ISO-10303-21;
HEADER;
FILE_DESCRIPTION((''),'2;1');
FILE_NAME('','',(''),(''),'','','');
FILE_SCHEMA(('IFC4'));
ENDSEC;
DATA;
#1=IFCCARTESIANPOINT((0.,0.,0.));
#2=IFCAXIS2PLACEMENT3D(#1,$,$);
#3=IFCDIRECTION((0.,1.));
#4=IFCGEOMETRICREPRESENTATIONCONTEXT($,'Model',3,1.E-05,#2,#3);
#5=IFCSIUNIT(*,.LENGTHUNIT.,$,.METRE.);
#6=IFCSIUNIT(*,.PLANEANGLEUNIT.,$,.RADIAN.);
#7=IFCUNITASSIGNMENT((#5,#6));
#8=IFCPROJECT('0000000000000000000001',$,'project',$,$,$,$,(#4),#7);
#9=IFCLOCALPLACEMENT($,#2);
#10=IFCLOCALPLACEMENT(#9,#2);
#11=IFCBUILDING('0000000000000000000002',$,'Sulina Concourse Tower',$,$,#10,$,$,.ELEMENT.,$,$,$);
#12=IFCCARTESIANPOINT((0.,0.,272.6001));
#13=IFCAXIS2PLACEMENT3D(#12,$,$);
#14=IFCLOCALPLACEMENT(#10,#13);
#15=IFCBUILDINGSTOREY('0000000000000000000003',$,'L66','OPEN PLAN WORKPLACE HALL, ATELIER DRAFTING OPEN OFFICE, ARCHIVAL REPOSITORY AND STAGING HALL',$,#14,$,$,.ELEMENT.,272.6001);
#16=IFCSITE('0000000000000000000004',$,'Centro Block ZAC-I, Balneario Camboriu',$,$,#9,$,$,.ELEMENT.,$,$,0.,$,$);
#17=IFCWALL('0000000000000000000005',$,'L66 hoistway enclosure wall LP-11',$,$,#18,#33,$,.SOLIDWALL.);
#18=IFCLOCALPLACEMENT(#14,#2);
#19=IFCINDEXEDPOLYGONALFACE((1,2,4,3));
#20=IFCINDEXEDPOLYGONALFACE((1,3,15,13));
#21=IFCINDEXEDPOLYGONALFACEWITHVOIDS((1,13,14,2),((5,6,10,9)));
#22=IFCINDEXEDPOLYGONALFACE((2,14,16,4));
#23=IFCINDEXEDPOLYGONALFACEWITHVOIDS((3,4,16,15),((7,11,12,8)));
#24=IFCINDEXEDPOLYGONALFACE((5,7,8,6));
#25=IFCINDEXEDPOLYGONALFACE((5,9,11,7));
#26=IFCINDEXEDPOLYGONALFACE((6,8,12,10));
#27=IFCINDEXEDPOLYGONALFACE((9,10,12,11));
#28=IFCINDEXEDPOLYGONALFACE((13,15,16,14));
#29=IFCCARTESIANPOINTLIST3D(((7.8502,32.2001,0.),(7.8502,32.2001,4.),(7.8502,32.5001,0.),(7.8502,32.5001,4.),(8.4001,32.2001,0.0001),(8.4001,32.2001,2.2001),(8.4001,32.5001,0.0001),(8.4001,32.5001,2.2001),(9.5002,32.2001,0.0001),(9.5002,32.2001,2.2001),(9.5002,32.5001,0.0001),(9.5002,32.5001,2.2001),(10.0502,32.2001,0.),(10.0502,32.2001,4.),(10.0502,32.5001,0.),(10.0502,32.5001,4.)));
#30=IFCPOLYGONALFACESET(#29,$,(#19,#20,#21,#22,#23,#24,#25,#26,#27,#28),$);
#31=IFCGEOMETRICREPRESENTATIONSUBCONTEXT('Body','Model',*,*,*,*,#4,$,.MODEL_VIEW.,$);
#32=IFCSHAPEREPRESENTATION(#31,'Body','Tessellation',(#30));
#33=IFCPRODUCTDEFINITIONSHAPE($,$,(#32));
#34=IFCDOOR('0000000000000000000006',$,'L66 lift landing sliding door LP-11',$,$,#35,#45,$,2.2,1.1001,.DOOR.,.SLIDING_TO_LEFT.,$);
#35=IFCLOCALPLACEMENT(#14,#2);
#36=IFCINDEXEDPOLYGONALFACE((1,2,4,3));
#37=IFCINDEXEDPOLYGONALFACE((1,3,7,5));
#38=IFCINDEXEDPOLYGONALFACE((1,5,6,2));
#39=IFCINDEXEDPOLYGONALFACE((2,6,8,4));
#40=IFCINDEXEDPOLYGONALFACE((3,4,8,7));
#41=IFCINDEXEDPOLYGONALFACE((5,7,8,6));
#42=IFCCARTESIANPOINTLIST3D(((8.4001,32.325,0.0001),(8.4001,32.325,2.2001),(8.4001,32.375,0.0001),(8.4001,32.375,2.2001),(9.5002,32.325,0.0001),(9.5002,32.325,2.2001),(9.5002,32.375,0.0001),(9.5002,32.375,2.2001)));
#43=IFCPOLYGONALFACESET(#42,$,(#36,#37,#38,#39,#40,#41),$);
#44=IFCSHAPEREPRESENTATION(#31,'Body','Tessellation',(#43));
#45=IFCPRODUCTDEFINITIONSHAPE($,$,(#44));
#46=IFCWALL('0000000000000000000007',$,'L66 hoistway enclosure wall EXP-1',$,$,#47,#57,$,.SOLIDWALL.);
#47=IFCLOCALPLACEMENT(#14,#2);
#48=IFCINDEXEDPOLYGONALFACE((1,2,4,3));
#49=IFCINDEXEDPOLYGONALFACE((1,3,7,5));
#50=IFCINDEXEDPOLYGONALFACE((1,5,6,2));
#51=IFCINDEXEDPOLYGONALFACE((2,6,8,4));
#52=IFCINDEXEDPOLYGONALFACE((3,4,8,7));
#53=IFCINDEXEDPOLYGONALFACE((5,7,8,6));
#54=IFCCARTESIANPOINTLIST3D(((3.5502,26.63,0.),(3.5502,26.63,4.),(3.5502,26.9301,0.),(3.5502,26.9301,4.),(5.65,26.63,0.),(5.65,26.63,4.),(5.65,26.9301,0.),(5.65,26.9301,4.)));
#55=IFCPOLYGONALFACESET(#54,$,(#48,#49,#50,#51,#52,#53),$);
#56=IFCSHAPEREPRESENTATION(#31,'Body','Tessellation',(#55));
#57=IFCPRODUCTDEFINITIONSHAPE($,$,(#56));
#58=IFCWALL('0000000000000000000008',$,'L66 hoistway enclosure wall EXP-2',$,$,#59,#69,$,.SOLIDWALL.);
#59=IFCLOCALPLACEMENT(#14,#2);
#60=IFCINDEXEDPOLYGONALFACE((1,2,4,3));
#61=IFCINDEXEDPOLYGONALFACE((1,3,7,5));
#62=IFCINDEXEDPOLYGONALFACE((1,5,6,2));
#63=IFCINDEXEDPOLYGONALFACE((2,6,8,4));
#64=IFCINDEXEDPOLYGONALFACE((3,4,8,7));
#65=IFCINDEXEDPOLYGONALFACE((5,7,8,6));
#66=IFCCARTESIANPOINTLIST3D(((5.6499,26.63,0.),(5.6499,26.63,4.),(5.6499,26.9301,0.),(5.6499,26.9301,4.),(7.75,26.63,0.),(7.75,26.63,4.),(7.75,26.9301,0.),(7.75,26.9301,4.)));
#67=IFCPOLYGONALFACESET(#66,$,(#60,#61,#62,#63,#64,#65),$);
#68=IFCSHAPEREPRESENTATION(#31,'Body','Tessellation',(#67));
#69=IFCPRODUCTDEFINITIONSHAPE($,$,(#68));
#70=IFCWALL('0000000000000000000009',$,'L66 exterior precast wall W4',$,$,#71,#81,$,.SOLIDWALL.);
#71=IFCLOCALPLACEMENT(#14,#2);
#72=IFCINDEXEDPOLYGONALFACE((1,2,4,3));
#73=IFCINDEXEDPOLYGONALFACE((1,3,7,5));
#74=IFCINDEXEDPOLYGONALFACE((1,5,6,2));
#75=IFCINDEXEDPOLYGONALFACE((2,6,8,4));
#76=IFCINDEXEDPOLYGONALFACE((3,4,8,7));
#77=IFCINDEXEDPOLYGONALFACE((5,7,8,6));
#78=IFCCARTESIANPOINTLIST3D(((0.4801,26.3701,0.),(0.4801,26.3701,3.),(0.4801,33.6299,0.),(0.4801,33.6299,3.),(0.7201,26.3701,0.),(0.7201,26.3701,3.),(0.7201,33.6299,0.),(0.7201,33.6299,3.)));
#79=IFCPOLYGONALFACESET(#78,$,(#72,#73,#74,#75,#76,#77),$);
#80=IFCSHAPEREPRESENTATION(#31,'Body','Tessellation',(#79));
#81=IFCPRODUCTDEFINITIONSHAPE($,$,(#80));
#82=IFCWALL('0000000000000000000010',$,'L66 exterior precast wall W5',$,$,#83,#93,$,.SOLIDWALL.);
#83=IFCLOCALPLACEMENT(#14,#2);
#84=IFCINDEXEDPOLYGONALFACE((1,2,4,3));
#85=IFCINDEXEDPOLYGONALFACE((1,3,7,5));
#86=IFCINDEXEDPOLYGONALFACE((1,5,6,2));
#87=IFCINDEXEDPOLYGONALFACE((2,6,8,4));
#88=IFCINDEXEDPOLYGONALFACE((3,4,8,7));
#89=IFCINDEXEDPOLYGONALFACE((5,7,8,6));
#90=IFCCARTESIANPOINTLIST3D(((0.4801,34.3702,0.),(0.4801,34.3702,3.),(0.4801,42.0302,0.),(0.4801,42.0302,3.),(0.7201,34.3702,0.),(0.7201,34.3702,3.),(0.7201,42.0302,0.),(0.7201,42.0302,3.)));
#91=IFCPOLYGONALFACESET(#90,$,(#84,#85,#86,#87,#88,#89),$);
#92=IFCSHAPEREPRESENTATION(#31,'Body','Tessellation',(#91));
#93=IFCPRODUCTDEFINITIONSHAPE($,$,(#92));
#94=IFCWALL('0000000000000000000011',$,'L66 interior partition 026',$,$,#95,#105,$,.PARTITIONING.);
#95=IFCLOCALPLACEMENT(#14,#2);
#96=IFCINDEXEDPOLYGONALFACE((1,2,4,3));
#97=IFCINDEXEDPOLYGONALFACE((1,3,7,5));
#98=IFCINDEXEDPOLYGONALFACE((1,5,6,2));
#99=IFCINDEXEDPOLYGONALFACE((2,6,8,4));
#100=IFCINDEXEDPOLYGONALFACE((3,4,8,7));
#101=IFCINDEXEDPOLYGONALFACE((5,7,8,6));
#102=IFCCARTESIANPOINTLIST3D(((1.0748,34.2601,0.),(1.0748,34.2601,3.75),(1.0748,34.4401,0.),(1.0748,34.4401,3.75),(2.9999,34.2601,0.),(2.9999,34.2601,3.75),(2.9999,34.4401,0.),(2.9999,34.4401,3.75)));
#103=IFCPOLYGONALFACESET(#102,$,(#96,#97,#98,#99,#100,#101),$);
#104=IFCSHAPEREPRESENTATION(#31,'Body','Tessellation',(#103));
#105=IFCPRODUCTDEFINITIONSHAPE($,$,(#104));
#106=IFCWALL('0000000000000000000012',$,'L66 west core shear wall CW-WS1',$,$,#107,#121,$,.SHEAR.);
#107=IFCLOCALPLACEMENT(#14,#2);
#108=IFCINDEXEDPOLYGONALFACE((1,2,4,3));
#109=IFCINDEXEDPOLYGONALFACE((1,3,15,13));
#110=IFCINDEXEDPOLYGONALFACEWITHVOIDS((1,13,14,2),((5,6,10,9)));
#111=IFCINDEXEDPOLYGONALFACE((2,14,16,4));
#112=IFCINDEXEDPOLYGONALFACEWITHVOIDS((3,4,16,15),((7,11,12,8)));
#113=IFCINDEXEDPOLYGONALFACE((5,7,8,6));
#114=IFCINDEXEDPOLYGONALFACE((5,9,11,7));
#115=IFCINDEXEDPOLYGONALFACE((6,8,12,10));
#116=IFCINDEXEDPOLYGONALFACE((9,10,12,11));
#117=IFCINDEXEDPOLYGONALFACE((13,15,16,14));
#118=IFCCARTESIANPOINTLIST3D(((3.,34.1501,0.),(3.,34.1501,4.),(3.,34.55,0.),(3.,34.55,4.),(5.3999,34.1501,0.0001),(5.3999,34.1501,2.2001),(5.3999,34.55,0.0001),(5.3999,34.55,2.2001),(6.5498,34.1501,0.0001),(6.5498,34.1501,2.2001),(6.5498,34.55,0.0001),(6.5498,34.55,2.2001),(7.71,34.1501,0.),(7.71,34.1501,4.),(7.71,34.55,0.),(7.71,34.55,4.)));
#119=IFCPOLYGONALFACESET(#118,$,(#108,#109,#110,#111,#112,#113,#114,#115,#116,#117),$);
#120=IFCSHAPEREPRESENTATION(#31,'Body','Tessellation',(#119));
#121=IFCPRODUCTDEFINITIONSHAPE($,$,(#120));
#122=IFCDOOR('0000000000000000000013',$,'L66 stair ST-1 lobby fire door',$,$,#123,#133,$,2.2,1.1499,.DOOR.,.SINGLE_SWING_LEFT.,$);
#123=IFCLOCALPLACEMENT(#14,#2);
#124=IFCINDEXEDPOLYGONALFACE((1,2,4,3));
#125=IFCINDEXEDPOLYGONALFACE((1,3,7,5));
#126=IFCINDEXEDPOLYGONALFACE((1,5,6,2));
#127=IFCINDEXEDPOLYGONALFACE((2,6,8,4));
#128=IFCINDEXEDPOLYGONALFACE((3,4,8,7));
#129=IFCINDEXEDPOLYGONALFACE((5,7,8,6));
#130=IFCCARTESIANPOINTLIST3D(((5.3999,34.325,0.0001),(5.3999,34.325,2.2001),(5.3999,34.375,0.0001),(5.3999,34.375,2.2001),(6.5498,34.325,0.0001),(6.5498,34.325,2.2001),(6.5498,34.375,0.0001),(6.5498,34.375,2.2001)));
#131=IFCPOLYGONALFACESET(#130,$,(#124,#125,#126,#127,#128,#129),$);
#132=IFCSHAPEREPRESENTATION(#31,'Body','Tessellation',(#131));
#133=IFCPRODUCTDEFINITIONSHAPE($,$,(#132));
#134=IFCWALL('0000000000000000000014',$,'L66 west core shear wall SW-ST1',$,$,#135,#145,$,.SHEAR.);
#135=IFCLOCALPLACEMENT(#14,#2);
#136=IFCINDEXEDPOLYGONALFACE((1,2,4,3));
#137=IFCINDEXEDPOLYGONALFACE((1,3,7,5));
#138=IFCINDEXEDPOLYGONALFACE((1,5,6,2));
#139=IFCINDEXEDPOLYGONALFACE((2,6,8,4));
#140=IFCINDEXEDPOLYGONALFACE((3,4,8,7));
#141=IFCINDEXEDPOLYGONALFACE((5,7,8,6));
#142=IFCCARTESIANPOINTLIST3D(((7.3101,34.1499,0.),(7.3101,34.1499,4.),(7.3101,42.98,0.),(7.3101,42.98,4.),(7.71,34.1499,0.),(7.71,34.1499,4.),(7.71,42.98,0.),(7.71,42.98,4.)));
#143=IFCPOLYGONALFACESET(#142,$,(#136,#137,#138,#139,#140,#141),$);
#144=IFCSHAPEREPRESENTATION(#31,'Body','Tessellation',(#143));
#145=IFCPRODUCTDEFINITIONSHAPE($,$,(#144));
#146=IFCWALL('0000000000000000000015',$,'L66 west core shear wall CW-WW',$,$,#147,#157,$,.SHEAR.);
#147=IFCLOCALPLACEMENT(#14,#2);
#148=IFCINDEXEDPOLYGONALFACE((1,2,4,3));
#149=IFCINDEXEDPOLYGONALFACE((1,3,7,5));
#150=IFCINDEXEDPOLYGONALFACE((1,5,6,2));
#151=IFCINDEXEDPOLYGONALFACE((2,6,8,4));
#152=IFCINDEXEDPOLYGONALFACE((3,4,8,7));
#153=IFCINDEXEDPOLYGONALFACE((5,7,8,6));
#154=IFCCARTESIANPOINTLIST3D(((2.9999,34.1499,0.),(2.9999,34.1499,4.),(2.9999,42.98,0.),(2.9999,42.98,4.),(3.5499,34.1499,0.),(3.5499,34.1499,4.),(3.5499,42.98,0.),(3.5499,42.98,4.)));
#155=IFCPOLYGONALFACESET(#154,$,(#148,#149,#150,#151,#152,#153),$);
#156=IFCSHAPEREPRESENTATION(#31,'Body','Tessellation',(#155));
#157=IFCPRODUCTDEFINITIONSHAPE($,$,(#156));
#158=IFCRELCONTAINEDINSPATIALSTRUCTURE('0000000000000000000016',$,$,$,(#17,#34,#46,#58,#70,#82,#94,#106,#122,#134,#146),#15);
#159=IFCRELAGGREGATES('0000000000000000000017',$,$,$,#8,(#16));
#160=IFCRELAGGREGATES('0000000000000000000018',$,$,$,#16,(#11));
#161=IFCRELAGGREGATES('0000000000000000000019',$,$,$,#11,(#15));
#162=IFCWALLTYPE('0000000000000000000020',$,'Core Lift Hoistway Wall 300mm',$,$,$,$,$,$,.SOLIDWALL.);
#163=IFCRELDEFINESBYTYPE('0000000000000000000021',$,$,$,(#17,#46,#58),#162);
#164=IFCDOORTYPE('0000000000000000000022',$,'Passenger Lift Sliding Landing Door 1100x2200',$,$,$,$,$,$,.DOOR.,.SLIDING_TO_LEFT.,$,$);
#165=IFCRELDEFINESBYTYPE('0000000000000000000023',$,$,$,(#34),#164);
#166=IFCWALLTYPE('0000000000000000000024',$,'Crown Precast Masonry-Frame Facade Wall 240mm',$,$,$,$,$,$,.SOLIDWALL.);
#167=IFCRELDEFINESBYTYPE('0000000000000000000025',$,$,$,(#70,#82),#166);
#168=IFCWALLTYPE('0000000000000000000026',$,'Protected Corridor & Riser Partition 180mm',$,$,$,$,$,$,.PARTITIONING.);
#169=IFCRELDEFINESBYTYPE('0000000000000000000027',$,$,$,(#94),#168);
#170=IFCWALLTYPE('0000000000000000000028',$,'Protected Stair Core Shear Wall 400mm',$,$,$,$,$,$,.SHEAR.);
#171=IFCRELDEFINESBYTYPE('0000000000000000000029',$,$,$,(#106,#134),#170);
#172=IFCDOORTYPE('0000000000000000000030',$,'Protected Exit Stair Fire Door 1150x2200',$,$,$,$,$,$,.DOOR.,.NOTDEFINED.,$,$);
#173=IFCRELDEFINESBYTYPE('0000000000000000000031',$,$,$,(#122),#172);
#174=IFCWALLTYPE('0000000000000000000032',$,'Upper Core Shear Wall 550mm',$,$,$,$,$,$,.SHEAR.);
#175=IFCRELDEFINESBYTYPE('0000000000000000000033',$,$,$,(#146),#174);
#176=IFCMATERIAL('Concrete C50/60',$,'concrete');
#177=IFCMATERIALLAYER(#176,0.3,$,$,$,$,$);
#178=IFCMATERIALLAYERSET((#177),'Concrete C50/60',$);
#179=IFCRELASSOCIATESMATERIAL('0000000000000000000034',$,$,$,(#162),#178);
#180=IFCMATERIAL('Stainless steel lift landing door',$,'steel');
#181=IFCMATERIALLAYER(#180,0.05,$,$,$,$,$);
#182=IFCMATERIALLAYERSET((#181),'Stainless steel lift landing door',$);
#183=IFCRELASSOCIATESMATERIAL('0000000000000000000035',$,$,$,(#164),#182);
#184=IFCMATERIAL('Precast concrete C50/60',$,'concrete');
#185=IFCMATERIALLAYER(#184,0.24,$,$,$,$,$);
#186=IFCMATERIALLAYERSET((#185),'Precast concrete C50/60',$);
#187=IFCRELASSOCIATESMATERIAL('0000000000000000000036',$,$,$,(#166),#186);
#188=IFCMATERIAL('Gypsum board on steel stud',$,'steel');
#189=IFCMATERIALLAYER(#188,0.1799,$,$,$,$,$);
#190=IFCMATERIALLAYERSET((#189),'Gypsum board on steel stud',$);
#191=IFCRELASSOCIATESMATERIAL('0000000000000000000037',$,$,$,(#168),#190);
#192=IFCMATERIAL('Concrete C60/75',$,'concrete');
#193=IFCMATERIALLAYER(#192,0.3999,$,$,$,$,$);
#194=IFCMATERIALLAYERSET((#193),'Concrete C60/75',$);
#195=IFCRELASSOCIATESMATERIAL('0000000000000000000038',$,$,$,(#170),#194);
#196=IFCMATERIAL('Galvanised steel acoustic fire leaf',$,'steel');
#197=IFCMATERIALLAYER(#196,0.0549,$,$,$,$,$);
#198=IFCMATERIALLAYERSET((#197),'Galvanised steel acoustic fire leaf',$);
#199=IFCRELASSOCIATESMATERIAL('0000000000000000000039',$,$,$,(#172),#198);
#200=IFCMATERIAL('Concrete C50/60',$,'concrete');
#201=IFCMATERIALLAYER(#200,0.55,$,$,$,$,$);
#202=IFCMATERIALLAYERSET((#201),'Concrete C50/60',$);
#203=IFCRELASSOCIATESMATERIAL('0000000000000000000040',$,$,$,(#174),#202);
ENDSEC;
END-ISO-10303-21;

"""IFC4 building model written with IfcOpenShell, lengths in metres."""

from ifc_helpers import new_model, si_unit, direction, frame, frame_2d, origin, place, context, subcontext, project, spatial, rectangle, extrude, material, layer, layer_set, type_object, element, fill, save


model = new_model("IFC4")

# Units and contexts
model_context = context("Model", 3, precision=1e-05, world=origin(), true_north=direction((0.0, 1.0)))
body_context = subcontext(model_context, "Body", "Model", "MODEL_VIEW")
ifc_project = project(units=[si_unit("LENGTHUNIT", "METRE"), si_unit("PLANEANGLEUNIT", "RADIAN")], contexts=[model_context])

# Site, building, storey
site_placement = place(None, origin())
site = spatial("IfcSite", under=ifc_project, at=site_placement, Name="Centro Block ZAC-I, Balneario Camboriu", CompositionType="ELEMENT", RefElevation=0.0)
building_placement = place(site_placement, origin())
building = spatial("IfcBuilding", under=site, at=building_placement, Name="Sulina Concourse Tower", CompositionType="ELEMENT")
storey_placement = place(building_placement, frame((0.0, 0.0, 272.6001)))
storey = spatial("IfcBuildingStorey", under=building, at=storey_placement, Name="L66", Description="OPEN PLAN WORKPLACE HALL, ATELIER DRAFTING OPEN OFFICE, ARCHIVAL REPOSITORY AND STAGING HALL", CompositionType="ELEMENT", Elevation=272.6001)

# Wall, opening, door
ifc_material_1 = material(Name="Concrete C50/60", Category="concrete")
ifc_layer_1 = layer(ifc_material_1, 0.3)
ifc_layer_set_1 = layer_set([ifc_layer_1], Name="Concrete C50/60")
wall_type_1 = type_object("IfcWallType", Name="Core Lift Hoistway Wall 300mm", PredefinedType="SOLIDWALL", material=ifc_layer_set_1)
ifc_material_2 = material(Name="Stainless steel lift landing door", Category="steel")
ifc_layer_2 = layer(ifc_material_2, 0.05)
ifc_layer_set_2 = layer_set([ifc_layer_2], Name="Stainless steel lift landing door")
door_type_1 = type_object("IfcDoorType", Name="Passenger Lift Sliding Landing Door 1100x2200", OperationType="SLIDING_TO_LEFT", PredefinedType="DOOR", material=ifc_layer_set_2)
wall_1_placement = place(storey_placement, frame((7.8501, 32.3501, 0.0), z_axis=(0.0, 0.0, 1.0), x_axis=(1.0, 0.0, 0.0)))
wall_1 = element("IfcWall", 1, at=wall_1_placement, inside=storey, type_object=wall_type_1, Name="L66 hoistway enclosure wall LP-11", PredefinedType="SOLIDWALL", context=body_context, shape_type="SweptSolid", body=[
    extrude(rectangle(XDim=2.2, YDim=0.3, at=frame_2d((1.1001, 0.0))), origin(), (0.0, 0.0, 1.0), 4.0),
])
opening_1_placement = place(wall_1_placement, frame((0.55, 0.0, 0.0)))
opening_1 = element("IfcOpeningElement", 2, at=opening_1_placement, cuts=wall_1, PredefinedType="OPENING", context=body_context, shape_type="SweptSolid", body=[
    extrude(rectangle(XDim=1.1001, YDim=2.2, at=frame_2d((0.55, 1.1001))), frame((0.0, 0.1599, 0.0), z_axis=(0.0, -1.0, 0.0), x_axis=(1.0, 0.0, 0.0)), (0.0, 0.0, 1.0), 0.3201),
])
door_1_placement = place(opening_1_placement, origin())
door_1 = element("IfcDoor", 3, at=door_1_placement, inside=storey, type_object=door_type_1, Name="L66 lift landing sliding door LP-11", OperationType="SLIDING_TO_LEFT", OverallHeight=2.2, OverallWidth=1.1001, PredefinedType="DOOR", context=body_context, shape_type="SweptSolid", body=[
    extrude(rectangle(XDim=1.1001, YDim=2.2, at=frame_2d((0.55, 1.1001))), frame((0.0, 0.0249, 0.0), z_axis=(0.0, -1.0, 0.0), x_axis=(1.0, 0.0, 0.0)), (0.0, 0.0, 1.0), 0.05),
])
fill(opening_1, door_1)

# Walls
wall_2_placement = place(storey_placement, frame((5.6499, 26.78, 0.0), z_axis=(0.0, 0.0, 1.0), x_axis=(-1.0, 0.0, 0.0)))
element("IfcWall", 4, at=wall_2_placement, inside=storey, type_object=wall_type_1, Name="L66 hoistway enclosure wall EXP-1", PredefinedType="SOLIDWALL", context=body_context, shape_type="SweptSolid", body=[
    extrude(rectangle(XDim=2.0999, YDim=0.3, at=frame_2d((1.0498, 0.0))), origin(), (0.0, 0.0, 1.0), 4.0),
])
wall_3_placement = place(storey_placement, frame((7.75, 26.78, 0.0), z_axis=(0.0, 0.0, 1.0), x_axis=(-1.0, 0.0, 0.0)))
element("IfcWall", 5, at=wall_3_placement, inside=storey, type_object=wall_type_1, Name="L66 hoistway enclosure wall EXP-2", PredefinedType="SOLIDWALL", context=body_context, shape_type="SweptSolid", body=[
    extrude(rectangle(XDim=2.1001, YDim=0.3, at=frame_2d((1.05, 0.0))), origin(), (0.0, 0.0, 1.0), 4.0),
])
ifc_material_3 = material(Name="Precast concrete C50/60", Category="concrete")
ifc_layer_3 = layer(ifc_material_3, 0.24)
ifc_layer_set_3 = layer_set([ifc_layer_3], Name="Precast concrete C50/60")
wall_type_2 = type_object("IfcWallType", Name="Crown Precast Masonry-Frame Facade Wall 240mm", PredefinedType="SOLIDWALL", material=ifc_layer_set_3)
wall_4_placement = place(storey_placement, frame((0.6001, 26.3701, 0.0), z_axis=(0.0, 0.0, 1.0), x_axis=(0.0, 1.0, 0.0)))
element("IfcWall", 6, at=wall_4_placement, inside=storey, type_object=wall_type_2, Name="L66 exterior precast wall W4", PredefinedType="SOLIDWALL", context=body_context, shape_type="SweptSolid", body=[
    extrude(rectangle(XDim=7.2598, YDim=0.24, at=frame_2d((3.6299, 0.0))), origin(), (0.0, 0.0, 1.0), 3.0),
])
wall_5_placement = place(storey_placement, frame((0.6001, 34.3701, 0.0), z_axis=(0.0, 0.0, 1.0), x_axis=(0.0, 1.0, 0.0)))
element("IfcWall", 7, at=wall_5_placement, inside=storey, type_object=wall_type_2, Name="L66 exterior precast wall W5", PredefinedType="SOLIDWALL", context=body_context, shape_type="SweptSolid", body=[
    extrude(rectangle(XDim=7.6599, YDim=0.24, at=frame_2d((3.8301, 0.0))), origin(), (0.0, 0.0, 1.0), 3.0),
])
ifc_material_4 = material(Name="Gypsum board on steel stud", Category="steel")
ifc_layer_4 = layer(ifc_material_4, 0.1799)
ifc_layer_set_4 = layer_set([ifc_layer_4], Name="Gypsum board on steel stud")
wall_type_3 = type_object("IfcWallType", Name="Protected Corridor & Riser Partition 180mm", PredefinedType="PARTITIONING", material=ifc_layer_set_4)
wall_6_placement = place(storey_placement, frame((1.075, 34.3501, 0.0), z_axis=(0.0, 0.0, 1.0), x_axis=(1.0, 0.0, 0.0)))
element("IfcWall", 8, at=wall_6_placement, inside=storey, type_object=wall_type_3, Name="L66 interior partition 026", PredefinedType="PARTITIONING", context=body_context, shape_type="SweptSolid", body=[
    extrude(rectangle(XDim=1.925, YDim=0.1799, at=frame_2d((0.9624, 0.0))), origin(), (0.0, 0.0, 1.0), 3.75),
])

# Wall, opening, door
ifc_material_5 = material(Name="Concrete C60/75", Category="concrete")
ifc_layer_5 = layer(ifc_material_5, 0.3999)
ifc_layer_set_5 = layer_set([ifc_layer_5], Name="Concrete C60/75")
wall_type_4 = type_object("IfcWallType", Name="Protected Stair Core Shear Wall 400mm", PredefinedType="SHEAR", material=ifc_layer_set_5)
wall_7_placement = place(storey_placement, frame((3.0, 34.3501, 0.0), z_axis=(0.0, 0.0, 1.0), x_axis=(1.0, 0.0, 0.0)))
wall_7 = element("IfcWall", 9, at=wall_7_placement, inside=storey, type_object=wall_type_4, Name="L66 west core shear wall CW-WS1", PredefinedType="SHEAR", context=body_context, shape_type="SweptSolid", body=[
    extrude(rectangle(XDim=4.71, YDim=0.3999, at=frame_2d((2.355, 0.0))), origin(), (0.0, 0.0, 1.0), 4.0),
])
opening_2_placement = place(wall_7_placement, frame((2.3999, 0.0, 0.0)))
opening_2 = element("IfcOpeningElement", 10, at=opening_2_placement, cuts=wall_7, PredefinedType="OPENING", context=body_context, shape_type="SweptSolid", body=[
    extrude(rectangle(XDim=1.1499, YDim=2.2, at=frame_2d((0.575, 1.1001))), frame((0.0, 0.21, 0.0), z_axis=(0.0, -1.0, 0.0), x_axis=(1.0, 0.0, 0.0)), (0.0, 0.0, 1.0), 0.4199),
])
ifc_material_6 = material(Name="Galvanised steel acoustic fire leaf", Category="steel")
ifc_layer_6 = layer(ifc_material_6, 0.0549)
ifc_layer_set_6 = layer_set([ifc_layer_6], Name="Galvanised steel acoustic fire leaf")
door_type_2 = type_object("IfcDoorType", Name="Protected Exit Stair Fire Door 1150x2200", OperationType="NOTDEFINED", PredefinedType="DOOR", material=ifc_layer_set_6)
door_2_placement = place(opening_2_placement, origin())
door_2 = element("IfcDoor", 11, at=door_2_placement, inside=storey, type_object=door_type_2, Name="L66 stair ST-1 lobby fire door", OperationType="SINGLE_SWING_LEFT", OverallHeight=2.2, OverallWidth=1.1499, PredefinedType="DOOR", context=body_context, shape_type="SweptSolid", body=[
    extrude(rectangle(XDim=1.1499, YDim=2.2, at=frame_2d((0.575, 1.1001))), frame((0.0, 0.0249, 0.0), z_axis=(0.0, -1.0, 0.0), x_axis=(1.0, 0.0, 0.0)), (0.0, 0.0, 1.0), 0.05),
])
fill(opening_2, door_2)

# Walls
wall_8_placement = place(storey_placement, frame((7.51, 34.1499, 0.0), z_axis=(0.0, 0.0, 1.0), x_axis=(0.0, 1.0, 0.0)))
element("IfcWall", 12, at=wall_8_placement, inside=storey, type_object=wall_type_4, Name="L66 west core shear wall SW-ST1", PredefinedType="SHEAR", context=body_context, shape_type="SweptSolid", body=[
    extrude(rectangle(XDim=8.8301, YDim=0.3999, at=frame_2d((4.415, 0.0))), origin(), (0.0, 0.0, 1.0), 4.0),
])
ifc_material_7 = material(Name="Concrete C50/60", Category="concrete")
ifc_layer_7 = layer(ifc_material_7, 0.55)
ifc_layer_set_7 = layer_set([ifc_layer_7], Name="Concrete C50/60")
wall_type_5 = type_object("IfcWallType", Name="Upper Core Shear Wall 550mm", PredefinedType="SHEAR", material=ifc_layer_set_7)
wall_9_placement = place(storey_placement, frame((3.2749, 34.1499, 0.0), z_axis=(0.0, 0.0, 1.0), x_axis=(0.0, 1.0, 0.0)))
element("IfcWall", 13, at=wall_9_placement, inside=storey, type_object=wall_type_5, Name="L66 west core shear wall CW-WW", PredefinedType="SHEAR", context=body_context, shape_type="SweptSolid", body=[
    extrude(rectangle(XDim=8.8301, YDim=0.55, at=frame_2d((4.415, 0.0))), origin(), (0.0, 0.0, 1.0), 4.0),
])

save(model, "model.ifc")
